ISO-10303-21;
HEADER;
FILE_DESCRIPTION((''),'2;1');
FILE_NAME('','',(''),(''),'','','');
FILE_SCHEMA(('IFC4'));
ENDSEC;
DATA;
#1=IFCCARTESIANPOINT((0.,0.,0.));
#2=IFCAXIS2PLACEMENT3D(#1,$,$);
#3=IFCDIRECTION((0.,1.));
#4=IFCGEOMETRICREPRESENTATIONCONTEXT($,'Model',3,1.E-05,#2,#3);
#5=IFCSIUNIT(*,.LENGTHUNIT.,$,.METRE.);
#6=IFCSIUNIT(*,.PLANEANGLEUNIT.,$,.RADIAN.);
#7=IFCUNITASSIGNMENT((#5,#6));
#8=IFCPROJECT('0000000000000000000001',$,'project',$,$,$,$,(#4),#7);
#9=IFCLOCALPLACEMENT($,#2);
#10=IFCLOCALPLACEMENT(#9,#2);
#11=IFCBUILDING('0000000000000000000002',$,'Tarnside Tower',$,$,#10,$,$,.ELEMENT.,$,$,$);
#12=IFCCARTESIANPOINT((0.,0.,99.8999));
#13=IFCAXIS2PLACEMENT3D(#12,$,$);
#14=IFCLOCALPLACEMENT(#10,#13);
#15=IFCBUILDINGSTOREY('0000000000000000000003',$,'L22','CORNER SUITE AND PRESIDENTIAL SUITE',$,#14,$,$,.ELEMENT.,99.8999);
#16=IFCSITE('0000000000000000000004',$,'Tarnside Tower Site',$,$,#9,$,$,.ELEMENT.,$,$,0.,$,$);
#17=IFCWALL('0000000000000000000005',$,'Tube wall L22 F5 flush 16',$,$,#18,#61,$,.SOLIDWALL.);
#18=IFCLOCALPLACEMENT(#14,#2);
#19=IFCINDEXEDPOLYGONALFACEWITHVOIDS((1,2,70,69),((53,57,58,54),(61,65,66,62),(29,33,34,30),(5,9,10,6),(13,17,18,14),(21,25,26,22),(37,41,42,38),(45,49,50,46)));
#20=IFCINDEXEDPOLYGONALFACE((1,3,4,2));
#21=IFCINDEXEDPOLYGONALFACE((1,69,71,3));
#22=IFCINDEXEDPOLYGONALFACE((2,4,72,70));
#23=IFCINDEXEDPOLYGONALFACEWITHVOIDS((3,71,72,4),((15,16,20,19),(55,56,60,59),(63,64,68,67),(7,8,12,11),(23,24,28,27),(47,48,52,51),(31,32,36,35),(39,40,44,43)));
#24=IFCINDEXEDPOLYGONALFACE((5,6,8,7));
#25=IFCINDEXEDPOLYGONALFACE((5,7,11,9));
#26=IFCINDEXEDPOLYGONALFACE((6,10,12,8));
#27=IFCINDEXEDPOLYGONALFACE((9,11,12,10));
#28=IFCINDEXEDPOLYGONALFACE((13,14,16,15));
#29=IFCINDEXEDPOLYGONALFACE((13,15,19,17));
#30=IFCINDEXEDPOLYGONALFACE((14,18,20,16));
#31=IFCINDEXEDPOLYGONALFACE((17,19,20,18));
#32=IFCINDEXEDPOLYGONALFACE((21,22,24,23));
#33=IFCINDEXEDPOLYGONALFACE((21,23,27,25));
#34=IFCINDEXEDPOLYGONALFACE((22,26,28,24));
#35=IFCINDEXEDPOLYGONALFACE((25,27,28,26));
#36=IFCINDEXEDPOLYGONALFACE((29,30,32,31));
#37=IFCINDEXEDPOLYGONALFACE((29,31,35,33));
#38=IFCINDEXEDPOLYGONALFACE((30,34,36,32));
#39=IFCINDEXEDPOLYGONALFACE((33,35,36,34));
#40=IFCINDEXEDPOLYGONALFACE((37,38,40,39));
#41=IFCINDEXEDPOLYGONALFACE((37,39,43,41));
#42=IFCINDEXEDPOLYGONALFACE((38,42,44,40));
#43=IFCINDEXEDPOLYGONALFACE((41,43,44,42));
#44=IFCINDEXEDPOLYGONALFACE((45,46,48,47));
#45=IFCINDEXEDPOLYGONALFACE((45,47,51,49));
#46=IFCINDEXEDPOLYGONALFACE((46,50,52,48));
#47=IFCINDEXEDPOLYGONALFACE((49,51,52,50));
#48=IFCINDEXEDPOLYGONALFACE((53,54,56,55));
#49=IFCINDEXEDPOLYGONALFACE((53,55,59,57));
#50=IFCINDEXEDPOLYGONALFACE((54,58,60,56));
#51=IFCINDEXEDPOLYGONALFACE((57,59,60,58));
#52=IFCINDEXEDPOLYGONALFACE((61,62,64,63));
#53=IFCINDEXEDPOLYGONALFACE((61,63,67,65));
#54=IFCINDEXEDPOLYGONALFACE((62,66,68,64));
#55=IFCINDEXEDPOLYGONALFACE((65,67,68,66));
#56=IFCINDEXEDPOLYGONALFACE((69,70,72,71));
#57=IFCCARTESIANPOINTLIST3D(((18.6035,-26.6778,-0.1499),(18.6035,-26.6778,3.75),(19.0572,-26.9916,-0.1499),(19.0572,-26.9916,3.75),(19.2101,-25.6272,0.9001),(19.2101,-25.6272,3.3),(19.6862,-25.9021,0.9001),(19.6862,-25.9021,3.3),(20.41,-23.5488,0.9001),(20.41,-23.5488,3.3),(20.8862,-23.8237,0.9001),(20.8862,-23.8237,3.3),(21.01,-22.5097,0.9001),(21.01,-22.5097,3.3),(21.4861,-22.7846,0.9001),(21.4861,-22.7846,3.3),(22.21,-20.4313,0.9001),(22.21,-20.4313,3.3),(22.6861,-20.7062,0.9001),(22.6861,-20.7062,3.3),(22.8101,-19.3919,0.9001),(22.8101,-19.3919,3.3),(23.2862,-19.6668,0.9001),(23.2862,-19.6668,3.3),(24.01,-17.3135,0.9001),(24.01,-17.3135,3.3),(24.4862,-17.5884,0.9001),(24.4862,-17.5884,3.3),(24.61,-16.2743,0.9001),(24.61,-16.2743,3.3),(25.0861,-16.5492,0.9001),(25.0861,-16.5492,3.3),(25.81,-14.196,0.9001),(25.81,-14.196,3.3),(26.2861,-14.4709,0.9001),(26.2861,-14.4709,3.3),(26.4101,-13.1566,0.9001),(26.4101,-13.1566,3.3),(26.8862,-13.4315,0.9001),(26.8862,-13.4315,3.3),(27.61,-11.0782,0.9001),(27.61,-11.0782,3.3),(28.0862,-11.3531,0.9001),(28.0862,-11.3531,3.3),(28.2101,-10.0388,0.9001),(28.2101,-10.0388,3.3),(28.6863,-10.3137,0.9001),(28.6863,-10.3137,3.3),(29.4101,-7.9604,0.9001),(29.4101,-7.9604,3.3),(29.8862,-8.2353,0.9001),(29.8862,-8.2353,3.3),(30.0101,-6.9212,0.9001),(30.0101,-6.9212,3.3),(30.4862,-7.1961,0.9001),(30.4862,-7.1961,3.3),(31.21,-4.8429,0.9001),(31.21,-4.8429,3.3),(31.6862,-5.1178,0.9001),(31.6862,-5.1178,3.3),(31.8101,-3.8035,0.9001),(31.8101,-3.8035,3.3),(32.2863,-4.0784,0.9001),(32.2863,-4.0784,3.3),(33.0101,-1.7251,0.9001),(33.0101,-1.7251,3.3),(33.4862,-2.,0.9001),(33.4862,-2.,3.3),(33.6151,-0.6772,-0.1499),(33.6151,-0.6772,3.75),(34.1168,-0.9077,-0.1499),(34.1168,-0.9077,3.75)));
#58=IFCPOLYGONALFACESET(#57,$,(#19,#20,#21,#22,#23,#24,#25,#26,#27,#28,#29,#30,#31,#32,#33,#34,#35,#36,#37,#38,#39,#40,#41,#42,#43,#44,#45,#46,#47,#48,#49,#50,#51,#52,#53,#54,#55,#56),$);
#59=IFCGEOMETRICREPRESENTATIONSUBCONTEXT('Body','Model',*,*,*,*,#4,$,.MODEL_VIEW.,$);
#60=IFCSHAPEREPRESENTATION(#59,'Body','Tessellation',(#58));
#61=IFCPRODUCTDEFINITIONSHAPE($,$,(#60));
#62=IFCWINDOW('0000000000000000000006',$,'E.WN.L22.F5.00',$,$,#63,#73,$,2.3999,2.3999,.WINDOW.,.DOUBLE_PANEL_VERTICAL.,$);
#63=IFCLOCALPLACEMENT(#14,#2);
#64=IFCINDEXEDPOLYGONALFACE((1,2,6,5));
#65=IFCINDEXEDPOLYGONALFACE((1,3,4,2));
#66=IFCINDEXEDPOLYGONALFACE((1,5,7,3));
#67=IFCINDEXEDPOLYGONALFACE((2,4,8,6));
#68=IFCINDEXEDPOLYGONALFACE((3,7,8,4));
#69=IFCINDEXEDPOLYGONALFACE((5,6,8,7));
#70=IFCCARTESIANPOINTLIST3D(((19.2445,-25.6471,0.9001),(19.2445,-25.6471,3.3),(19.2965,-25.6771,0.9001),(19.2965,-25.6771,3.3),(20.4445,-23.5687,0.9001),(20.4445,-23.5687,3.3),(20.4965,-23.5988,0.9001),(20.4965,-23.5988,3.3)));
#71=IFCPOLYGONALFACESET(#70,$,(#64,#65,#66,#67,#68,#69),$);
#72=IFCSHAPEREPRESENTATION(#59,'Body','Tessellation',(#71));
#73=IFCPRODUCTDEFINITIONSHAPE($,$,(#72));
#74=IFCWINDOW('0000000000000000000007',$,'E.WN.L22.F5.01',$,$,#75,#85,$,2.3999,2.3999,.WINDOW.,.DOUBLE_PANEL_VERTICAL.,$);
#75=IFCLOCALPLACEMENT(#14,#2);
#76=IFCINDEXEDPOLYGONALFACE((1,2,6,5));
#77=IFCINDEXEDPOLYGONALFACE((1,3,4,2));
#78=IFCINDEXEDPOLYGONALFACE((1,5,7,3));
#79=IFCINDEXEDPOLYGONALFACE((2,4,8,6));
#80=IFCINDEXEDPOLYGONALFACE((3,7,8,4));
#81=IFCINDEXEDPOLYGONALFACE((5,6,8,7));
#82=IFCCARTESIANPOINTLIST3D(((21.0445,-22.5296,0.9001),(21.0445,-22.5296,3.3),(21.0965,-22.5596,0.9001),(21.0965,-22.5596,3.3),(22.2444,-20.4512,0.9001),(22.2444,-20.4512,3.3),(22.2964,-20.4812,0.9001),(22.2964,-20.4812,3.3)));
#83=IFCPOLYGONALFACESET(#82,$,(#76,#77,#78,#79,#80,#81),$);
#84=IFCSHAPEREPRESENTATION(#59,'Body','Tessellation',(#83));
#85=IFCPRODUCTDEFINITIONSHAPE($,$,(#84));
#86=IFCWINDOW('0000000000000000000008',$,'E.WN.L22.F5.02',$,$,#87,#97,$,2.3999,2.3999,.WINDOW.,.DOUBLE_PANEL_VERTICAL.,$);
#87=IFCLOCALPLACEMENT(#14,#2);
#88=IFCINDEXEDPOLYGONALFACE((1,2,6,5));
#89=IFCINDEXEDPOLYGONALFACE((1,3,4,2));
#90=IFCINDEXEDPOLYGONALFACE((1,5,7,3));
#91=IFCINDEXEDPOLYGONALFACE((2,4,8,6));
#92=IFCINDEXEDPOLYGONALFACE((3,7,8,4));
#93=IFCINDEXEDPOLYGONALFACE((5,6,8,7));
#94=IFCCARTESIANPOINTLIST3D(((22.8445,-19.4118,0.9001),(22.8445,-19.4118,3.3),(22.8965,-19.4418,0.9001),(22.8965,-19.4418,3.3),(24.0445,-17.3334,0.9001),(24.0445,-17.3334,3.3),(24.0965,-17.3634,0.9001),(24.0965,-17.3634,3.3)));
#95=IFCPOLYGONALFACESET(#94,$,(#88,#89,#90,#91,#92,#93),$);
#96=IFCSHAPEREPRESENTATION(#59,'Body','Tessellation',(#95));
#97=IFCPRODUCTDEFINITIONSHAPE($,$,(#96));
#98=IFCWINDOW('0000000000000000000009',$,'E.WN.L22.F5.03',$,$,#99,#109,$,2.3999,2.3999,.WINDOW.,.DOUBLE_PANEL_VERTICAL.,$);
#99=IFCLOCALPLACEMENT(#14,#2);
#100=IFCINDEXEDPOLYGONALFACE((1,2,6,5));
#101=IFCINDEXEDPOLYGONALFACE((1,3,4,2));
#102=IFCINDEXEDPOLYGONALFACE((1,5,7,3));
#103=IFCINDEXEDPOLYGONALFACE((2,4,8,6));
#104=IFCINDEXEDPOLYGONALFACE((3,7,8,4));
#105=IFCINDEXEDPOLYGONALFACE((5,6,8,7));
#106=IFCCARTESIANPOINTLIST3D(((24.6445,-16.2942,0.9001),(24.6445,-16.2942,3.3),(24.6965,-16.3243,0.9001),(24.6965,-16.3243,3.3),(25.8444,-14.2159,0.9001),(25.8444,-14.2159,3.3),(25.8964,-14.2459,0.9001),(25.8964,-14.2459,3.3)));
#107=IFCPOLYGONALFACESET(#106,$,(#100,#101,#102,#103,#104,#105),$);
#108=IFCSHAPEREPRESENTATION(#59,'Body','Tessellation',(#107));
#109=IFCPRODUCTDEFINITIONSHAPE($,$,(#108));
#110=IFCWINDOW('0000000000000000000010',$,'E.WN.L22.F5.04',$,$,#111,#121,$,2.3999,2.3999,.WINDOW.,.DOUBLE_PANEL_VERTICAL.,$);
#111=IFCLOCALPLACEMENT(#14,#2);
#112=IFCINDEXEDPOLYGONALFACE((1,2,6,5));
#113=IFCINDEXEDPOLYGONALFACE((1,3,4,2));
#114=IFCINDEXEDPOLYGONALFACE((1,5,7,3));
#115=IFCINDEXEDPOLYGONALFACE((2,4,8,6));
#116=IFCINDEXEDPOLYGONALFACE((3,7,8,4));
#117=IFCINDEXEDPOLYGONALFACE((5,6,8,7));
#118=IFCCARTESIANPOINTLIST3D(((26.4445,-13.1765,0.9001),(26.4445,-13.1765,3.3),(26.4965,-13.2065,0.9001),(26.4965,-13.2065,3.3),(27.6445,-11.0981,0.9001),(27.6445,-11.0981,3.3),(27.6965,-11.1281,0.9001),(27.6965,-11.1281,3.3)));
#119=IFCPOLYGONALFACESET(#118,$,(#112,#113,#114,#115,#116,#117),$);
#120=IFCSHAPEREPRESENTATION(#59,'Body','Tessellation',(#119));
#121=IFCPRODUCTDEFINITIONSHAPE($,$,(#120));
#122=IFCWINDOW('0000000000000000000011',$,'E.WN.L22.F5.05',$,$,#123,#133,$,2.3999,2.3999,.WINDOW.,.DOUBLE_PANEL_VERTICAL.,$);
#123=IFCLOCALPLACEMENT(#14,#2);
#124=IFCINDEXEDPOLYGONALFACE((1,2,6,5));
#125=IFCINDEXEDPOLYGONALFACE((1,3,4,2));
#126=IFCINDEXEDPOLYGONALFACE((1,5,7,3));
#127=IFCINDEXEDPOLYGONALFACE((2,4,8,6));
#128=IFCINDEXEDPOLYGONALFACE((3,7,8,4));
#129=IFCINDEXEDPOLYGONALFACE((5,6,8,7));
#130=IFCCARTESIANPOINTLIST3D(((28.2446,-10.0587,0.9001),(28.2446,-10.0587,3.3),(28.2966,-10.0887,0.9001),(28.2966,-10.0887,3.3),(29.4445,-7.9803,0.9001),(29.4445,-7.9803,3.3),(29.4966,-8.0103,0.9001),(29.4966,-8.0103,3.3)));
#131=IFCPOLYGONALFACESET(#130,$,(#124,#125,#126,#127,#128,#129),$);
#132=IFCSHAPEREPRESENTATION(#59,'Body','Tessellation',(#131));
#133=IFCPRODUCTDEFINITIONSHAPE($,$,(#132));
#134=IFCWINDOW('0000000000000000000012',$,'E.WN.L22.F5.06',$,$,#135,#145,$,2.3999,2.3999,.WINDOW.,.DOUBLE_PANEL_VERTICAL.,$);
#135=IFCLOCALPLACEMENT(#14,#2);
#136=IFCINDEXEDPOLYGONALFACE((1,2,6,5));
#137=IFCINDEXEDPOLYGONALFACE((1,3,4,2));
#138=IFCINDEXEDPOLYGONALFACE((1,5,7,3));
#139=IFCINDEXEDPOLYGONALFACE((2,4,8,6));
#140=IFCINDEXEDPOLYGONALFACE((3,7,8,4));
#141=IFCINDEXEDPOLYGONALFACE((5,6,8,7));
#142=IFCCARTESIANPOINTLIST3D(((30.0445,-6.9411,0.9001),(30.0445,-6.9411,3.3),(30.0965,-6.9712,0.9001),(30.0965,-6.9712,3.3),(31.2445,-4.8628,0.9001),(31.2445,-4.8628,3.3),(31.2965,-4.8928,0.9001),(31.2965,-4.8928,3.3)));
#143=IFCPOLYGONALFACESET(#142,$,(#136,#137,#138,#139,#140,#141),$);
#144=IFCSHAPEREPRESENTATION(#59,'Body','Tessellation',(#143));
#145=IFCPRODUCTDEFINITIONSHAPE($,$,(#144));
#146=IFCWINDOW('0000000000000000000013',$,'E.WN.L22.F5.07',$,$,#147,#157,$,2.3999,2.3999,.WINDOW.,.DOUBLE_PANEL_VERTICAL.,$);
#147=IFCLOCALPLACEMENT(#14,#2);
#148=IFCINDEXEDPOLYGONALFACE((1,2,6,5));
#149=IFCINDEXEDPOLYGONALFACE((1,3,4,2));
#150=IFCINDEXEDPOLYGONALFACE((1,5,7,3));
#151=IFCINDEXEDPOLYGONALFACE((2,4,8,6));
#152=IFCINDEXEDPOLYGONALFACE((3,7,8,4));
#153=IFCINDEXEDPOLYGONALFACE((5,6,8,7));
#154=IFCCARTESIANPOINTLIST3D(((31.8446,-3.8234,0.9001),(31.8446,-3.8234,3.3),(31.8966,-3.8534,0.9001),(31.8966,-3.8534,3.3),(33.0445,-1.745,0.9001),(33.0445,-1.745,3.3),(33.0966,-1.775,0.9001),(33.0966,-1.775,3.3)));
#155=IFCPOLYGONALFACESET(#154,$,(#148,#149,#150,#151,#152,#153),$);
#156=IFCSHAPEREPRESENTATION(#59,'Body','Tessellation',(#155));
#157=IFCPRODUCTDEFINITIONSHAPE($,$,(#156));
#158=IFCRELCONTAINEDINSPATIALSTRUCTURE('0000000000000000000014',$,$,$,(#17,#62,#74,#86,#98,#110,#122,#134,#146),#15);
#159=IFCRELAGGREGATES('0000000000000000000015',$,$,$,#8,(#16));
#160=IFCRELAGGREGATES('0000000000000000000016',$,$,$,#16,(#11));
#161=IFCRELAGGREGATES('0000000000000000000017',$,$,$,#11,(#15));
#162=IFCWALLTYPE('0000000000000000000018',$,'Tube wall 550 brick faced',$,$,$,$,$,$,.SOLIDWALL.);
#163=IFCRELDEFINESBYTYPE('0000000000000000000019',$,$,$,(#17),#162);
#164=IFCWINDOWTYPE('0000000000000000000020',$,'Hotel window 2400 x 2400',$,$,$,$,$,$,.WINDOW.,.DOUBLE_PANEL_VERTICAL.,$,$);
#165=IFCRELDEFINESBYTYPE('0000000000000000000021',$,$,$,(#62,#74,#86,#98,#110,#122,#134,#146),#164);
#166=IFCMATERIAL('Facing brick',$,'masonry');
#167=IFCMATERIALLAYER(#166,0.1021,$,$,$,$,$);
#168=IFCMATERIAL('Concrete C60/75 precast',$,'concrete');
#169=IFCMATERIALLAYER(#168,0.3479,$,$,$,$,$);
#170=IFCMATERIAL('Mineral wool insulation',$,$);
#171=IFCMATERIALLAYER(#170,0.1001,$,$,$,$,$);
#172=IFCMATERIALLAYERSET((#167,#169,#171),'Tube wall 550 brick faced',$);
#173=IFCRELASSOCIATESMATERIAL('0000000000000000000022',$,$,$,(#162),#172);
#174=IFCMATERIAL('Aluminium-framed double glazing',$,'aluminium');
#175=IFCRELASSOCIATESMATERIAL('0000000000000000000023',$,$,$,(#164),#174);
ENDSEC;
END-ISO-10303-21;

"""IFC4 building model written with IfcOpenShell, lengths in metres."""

from ifc_helpers import new_model, si_unit, direction, frame, frame_2d, origin, place, context, subcontext, project, spatial, polyline, rectangle, outline, extrude, material, layer, layer_set, type_object, element, fill, save


model = new_model("IFC4")

# Units and contexts
model_context = context("Model", 3, precision=1e-05, world=origin(), true_north=direction((0.0, 1.0)))
body_context = subcontext(model_context, "Body", "Model", "MODEL_VIEW")
ifc_project = project(units=[si_unit("LENGTHUNIT", "METRE"), si_unit("PLANEANGLEUNIT", "RADIAN")], contexts=[model_context])

# Site, building, storey
site_placement = place(None, origin())
site = spatial("IfcSite", under=ifc_project, at=site_placement, Name="Tarnside Tower Site", CompositionType="ELEMENT", RefElevation=0.0)
building_placement = place(site_placement, origin())
building = spatial("IfcBuilding", under=site, at=building_placement, Name="Tarnside Tower", CompositionType="ELEMENT")
storey_placement = place(building_placement, frame((0.0, 0.0, 99.8999)))
storey = spatial("IfcBuildingStorey", under=building, at=storey_placement, Name="L22", Description="CORNER SUITE AND PRESIDENTIAL SUITE", CompositionType="ELEMENT", Elevation=99.8999)

# Shared definitions
ifc_material_1 = material(Name="Facing brick", Category="masonry")
ifc_layer_1 = layer(ifc_material_1, 0.1021)
ifc_material_2 = material(Name="Concrete C60/75 precast", Category="concrete")
ifc_layer_2 = layer(ifc_material_2, 0.3479)
ifc_material_3 = material(Name="Mineral wool insulation")
ifc_layer_3 = layer(ifc_material_3, 0.1001)
ifc_layer_set_1 = layer_set([ifc_layer_1, ifc_layer_2, ifc_layer_3], Name="Tube wall 550 brick faced")
wall_type = type_object("IfcWallType", Name="Tube wall 550 brick faced", PredefinedType="SOLIDWALL", material=ifc_layer_set_1)

# Wall, openings, windows
wall_1_placement = place(storey_placement, frame((18.8303, -26.8347, -0.1499), z_axis=(0.0, 0.0, 1.0), x_axis=(0.500004, 0.866023, 0.0)))
wall_1 = element("IfcWall", 1, at=wall_1_placement, inside=storey, type_object=wall_type, Name="Tube wall L22 F5 flush 16", PredefinedType="SOLIDWALL", context=body_context, shape_type="SweptSolid", body=[
    extrude(outline(polyline([(-0.0225, -0.2749), (30.0967, -0.2749), (30.0454, 0.2749), (0.0225, 0.2749), (-0.0225, -0.2749)])), origin(), (0.0, 0.0, 1.0), 3.8999),
])
opening_1_placement = place(wall_1_placement, frame((1.2356, 0.0, 1.05)))
opening_1 = element("IfcOpeningElement", 2, at=opening_1_placement, cuts=wall_1, PredefinedType="OPENING", context=body_context, shape_type="SweptSolid", body=[
    extrude(rectangle(XDim=2.3999, YDim=2.3999, at=frame_2d((1.2, 1.2))), frame((0.0, 0.2852, 0.0), z_axis=(0.0, -1.0, 0.0), x_axis=(1.0, 0.0, 0.0)), (0.0, 0.0, 1.0), 0.5701),
])
opening_2_placement = place(wall_1_placement, frame((4.8354, 0.0, 1.05)))
opening_2 = element("IfcOpeningElement", 3, at=opening_2_placement, cuts=wall_1, PredefinedType="OPENING", context=body_context, shape_type="SweptSolid", body=[
    extrude(rectangle(XDim=2.3999, YDim=2.3999, at=frame_2d((1.2, 1.2))), frame((0.0, 0.2852, 0.0), z_axis=(0.0, -1.0, 0.0), x_axis=(1.0, 0.0, 0.0)), (0.0, 0.0, 1.0), 0.5701),
])
opening_3_placement = place(wall_1_placement, frame((8.4355, 0.0, 1.05)))
opening_3 = element("IfcOpeningElement", 4, at=opening_3_placement, cuts=wall_1, PredefinedType="OPENING", context=body_context, shape_type="SweptSolid", body=[
    extrude(rectangle(XDim=2.3999, YDim=2.3999, at=frame_2d((1.2, 1.2))), frame((0.0, 0.2852, 0.0), z_axis=(0.0, -1.0, 0.0), x_axis=(1.0, 0.0, 0.0)), (0.0, 0.0, 1.0), 0.5701),
])
opening_4_placement = place(wall_1_placement, frame((12.0354, 0.0, 1.05)))
opening_4 = element("IfcOpeningElement", 5, at=opening_4_placement, cuts=wall_1, PredefinedType="OPENING", context=body_context, shape_type="SweptSolid", body=[
    extrude(rectangle(XDim=2.3999, YDim=2.3999, at=frame_2d((1.2, 1.2))), frame((0.0, 0.2852, 0.0), z_axis=(0.0, -1.0, 0.0), x_axis=(1.0, 0.0, 0.0)), (0.0, 0.0, 1.0), 0.5701),
])
opening_5_placement = place(wall_1_placement, frame((15.6355, 0.0, 1.05)))
opening_5 = element("IfcOpeningElement", 6, at=opening_5_placement, cuts=wall_1, PredefinedType="OPENING", context=body_context, shape_type="SweptSolid", body=[
    extrude(rectangle(XDim=2.3999, YDim=2.3999, at=frame_2d((1.2, 1.2))), frame((0.0, 0.2852, 0.0), z_axis=(0.0, -1.0, 0.0), x_axis=(1.0, 0.0, 0.0)), (0.0, 0.0, 1.0), 0.5701),
])
opening_6_placement = place(wall_1_placement, frame((19.2356, 0.0, 1.05)))
opening_6 = element("IfcOpeningElement", 7, at=opening_6_placement, cuts=wall_1, PredefinedType="OPENING", context=body_context, shape_type="SweptSolid", body=[
    extrude(rectangle(XDim=2.3999, YDim=2.3999, at=frame_2d((1.2, 1.2))), frame((0.0, 0.2852, 0.0), z_axis=(0.0, -1.0, 0.0), x_axis=(1.0, 0.0, 0.0)), (0.0, 0.0, 1.0), 0.5701),
])
opening_7_placement = place(wall_1_placement, frame((22.8354, 0.0, 1.05)))
opening_7 = element("IfcOpeningElement", 8, at=opening_7_placement, cuts=wall_1, PredefinedType="OPENING", context=body_context, shape_type="SweptSolid", body=[
    extrude(rectangle(XDim=2.3999, YDim=2.3999, at=frame_2d((1.2, 1.2))), frame((0.0, 0.2852, 0.0), z_axis=(0.0, -1.0, 0.0), x_axis=(1.0, 0.0, 0.0)), (0.0, 0.0, 1.0), 0.5701),
])
opening_8_placement = place(wall_1_placement, frame((26.4355, 0.0, 1.05)))
opening_8 = element("IfcOpeningElement", 9, at=opening_8_placement, cuts=wall_1, PredefinedType="OPENING", context=body_context, shape_type="SweptSolid", body=[
    extrude(rectangle(XDim=2.3999, YDim=2.3999, at=frame_2d((1.2, 1.2))), frame((0.0, 0.2852, 0.0), z_axis=(0.0, -1.0, 0.0), x_axis=(1.0, 0.0, 0.0)), (0.0, 0.0, 1.0), 0.5701),
])
ifc_material_4 = material(Name="Aluminium-framed double glazing", Category="aluminium")
window_type = type_object("IfcWindowType", Name="Hotel window 2400 x 2400", PartitioningType="DOUBLE_PANEL_VERTICAL", PredefinedType="WINDOW", material=ifc_material_4)
window_1_placement = place(opening_1_placement, frame((0.0, 0.2051, 0.0)))
window_1 = element("IfcWindow", 10, at=window_1_placement, inside=storey, type_object=window_type, Name="E.WN.L22.F5.00", OverallHeight=2.3999, OverallWidth=2.3999, PartitioningType="DOUBLE_PANEL_VERTICAL", PredefinedType="WINDOW", context=body_context, shape_type="SweptSolid", body=[
    extrude(rectangle(XDim=2.3999, YDim=2.3999, at=frame_2d((1.2, 1.2))), frame((0.0, 0.03, 0.0), z_axis=(0.0, -1.0, 0.0), x_axis=(1.0, 0.0, 0.0)), (0.0, 0.0, 1.0), 0.0601),
])
fill(opening_1, window_1)
window_2_placement = place(opening_2_placement, frame((0.0, 0.2051, 0.0)))
window_2 = element("IfcWindow", 11, at=window_2_placement, inside=storey, type_object=window_type, Name="E.WN.L22.F5.01", OverallHeight=2.3999, OverallWidth=2.3999, PartitioningType="DOUBLE_PANEL_VERTICAL", PredefinedType="WINDOW", context=body_context, shape_type="SweptSolid", body=[
    extrude(rectangle(XDim=2.3999, YDim=2.3999, at=frame_2d((1.2, 1.2))), frame((0.0, 0.03, 0.0), z_axis=(0.0, -1.0, 0.0), x_axis=(1.0, 0.0, 0.0)), (0.0, 0.0, 1.0), 0.0601),
])
fill(opening_2, window_2)
window_3_placement = place(opening_3_placement, frame((0.0, 0.2051, 0.0)))
window_3 = element("IfcWindow", 12, at=window_3_placement, inside=storey, type_object=window_type, Name="E.WN.L22.F5.02", OverallHeight=2.3999, OverallWidth=2.3999, PartitioningType="DOUBLE_PANEL_VERTICAL", PredefinedType="WINDOW", context=body_context, shape_type="SweptSolid", body=[
    extrude(rectangle(XDim=2.3999, YDim=2.3999, at=frame_2d((1.2, 1.2))), frame((0.0, 0.03, 0.0), z_axis=(0.0, -1.0, 0.0), x_axis=(1.0, 0.0, 0.0)), (0.0, 0.0, 1.0), 0.0601),
])
fill(opening_3, window_3)
window_4_placement = place(opening_4_placement, frame((0.0, 0.2051, 0.0)))
window_4 = element("IfcWindow", 13, at=window_4_placement, inside=storey, type_object=window_type, Name="E.WN.L22.F5.03", OverallHeight=2.3999, OverallWidth=2.3999, PartitioningType="DOUBLE_PANEL_VERTICAL", PredefinedType="WINDOW", context=body_context, shape_type="SweptSolid", body=[
    extrude(rectangle(XDim=2.3999, YDim=2.3999, at=frame_2d((1.2, 1.2))), frame((0.0, 0.03, 0.0), z_axis=(0.0, -1.0, 0.0), x_axis=(1.0, 0.0, 0.0)), (0.0, 0.0, 1.0), 0.0601),
])
fill(opening_4, window_4)
window_5_placement = place(opening_5_placement, frame((0.0, 0.2051, 0.0)))
window_5 = element("IfcWindow", 14, at=window_5_placement, inside=storey, type_object=window_type, Name="E.WN.L22.F5.04", OverallHeight=2.3999, OverallWidth=2.3999, PartitioningType="DOUBLE_PANEL_VERTICAL", PredefinedType="WINDOW", context=body_context, shape_type="SweptSolid", body=[
    extrude(rectangle(XDim=2.3999, YDim=2.3999, at=frame_2d((1.2, 1.2))), frame((0.0, 0.03, 0.0), z_axis=(0.0, -1.0, 0.0), x_axis=(1.0, 0.0, 0.0)), (0.0, 0.0, 1.0), 0.0601),
])
fill(opening_5, window_5)
window_6_placement = place(opening_6_placement, frame((0.0, 0.2051, 0.0)))
window_6 = element("IfcWindow", 15, at=window_6_placement, inside=storey, type_object=window_type, Name="E.WN.L22.F5.05", OverallHeight=2.3999, OverallWidth=2.3999, PartitioningType="DOUBLE_PANEL_VERTICAL", PredefinedType="WINDOW", context=body_context, shape_type="SweptSolid", body=[
    extrude(rectangle(XDim=2.3999, YDim=2.3999, at=frame_2d((1.2, 1.2))), frame((0.0, 0.03, 0.0), z_axis=(0.0, -1.0, 0.0), x_axis=(1.0, 0.0, 0.0)), (0.0, 0.0, 1.0), 0.0601),
])
fill(opening_6, window_6)
window_7_placement = place(opening_7_placement, frame((0.0, 0.2051, 0.0)))
window_7 = element("IfcWindow", 16, at=window_7_placement, inside=storey, type_object=window_type, Name="E.WN.L22.F5.06", OverallHeight=2.3999, OverallWidth=2.3999, PartitioningType="DOUBLE_PANEL_VERTICAL", PredefinedType="WINDOW", context=body_context, shape_type="SweptSolid", body=[
    extrude(rectangle(XDim=2.3999, YDim=2.3999, at=frame_2d((1.2, 1.2))), frame((0.0, 0.03, 0.0), z_axis=(0.0, -1.0, 0.0), x_axis=(1.0, 0.0, 0.0)), (0.0, 0.0, 1.0), 0.0601),
])
fill(opening_7, window_7)
window_8_placement = place(opening_8_placement, frame((0.0, 0.2051, 0.0)))
window_8 = element("IfcWindow", 17, at=window_8_placement, inside=storey, type_object=window_type, Name="E.WN.L22.F5.07", OverallHeight=2.3999, OverallWidth=2.3999, PartitioningType="DOUBLE_PANEL_VERTICAL", PredefinedType="WINDOW", context=body_context, shape_type="SweptSolid", body=[
    extrude(rectangle(XDim=2.3999, YDim=2.3999, at=frame_2d((1.2, 1.2))), frame((0.0, 0.03, 0.0), z_axis=(0.0, -1.0, 0.0), x_axis=(1.0, 0.0, 0.0)), (0.0, 0.0, 1.0), 0.0601),
])
fill(opening_8, window_8)

save(model, "model.ifc")
